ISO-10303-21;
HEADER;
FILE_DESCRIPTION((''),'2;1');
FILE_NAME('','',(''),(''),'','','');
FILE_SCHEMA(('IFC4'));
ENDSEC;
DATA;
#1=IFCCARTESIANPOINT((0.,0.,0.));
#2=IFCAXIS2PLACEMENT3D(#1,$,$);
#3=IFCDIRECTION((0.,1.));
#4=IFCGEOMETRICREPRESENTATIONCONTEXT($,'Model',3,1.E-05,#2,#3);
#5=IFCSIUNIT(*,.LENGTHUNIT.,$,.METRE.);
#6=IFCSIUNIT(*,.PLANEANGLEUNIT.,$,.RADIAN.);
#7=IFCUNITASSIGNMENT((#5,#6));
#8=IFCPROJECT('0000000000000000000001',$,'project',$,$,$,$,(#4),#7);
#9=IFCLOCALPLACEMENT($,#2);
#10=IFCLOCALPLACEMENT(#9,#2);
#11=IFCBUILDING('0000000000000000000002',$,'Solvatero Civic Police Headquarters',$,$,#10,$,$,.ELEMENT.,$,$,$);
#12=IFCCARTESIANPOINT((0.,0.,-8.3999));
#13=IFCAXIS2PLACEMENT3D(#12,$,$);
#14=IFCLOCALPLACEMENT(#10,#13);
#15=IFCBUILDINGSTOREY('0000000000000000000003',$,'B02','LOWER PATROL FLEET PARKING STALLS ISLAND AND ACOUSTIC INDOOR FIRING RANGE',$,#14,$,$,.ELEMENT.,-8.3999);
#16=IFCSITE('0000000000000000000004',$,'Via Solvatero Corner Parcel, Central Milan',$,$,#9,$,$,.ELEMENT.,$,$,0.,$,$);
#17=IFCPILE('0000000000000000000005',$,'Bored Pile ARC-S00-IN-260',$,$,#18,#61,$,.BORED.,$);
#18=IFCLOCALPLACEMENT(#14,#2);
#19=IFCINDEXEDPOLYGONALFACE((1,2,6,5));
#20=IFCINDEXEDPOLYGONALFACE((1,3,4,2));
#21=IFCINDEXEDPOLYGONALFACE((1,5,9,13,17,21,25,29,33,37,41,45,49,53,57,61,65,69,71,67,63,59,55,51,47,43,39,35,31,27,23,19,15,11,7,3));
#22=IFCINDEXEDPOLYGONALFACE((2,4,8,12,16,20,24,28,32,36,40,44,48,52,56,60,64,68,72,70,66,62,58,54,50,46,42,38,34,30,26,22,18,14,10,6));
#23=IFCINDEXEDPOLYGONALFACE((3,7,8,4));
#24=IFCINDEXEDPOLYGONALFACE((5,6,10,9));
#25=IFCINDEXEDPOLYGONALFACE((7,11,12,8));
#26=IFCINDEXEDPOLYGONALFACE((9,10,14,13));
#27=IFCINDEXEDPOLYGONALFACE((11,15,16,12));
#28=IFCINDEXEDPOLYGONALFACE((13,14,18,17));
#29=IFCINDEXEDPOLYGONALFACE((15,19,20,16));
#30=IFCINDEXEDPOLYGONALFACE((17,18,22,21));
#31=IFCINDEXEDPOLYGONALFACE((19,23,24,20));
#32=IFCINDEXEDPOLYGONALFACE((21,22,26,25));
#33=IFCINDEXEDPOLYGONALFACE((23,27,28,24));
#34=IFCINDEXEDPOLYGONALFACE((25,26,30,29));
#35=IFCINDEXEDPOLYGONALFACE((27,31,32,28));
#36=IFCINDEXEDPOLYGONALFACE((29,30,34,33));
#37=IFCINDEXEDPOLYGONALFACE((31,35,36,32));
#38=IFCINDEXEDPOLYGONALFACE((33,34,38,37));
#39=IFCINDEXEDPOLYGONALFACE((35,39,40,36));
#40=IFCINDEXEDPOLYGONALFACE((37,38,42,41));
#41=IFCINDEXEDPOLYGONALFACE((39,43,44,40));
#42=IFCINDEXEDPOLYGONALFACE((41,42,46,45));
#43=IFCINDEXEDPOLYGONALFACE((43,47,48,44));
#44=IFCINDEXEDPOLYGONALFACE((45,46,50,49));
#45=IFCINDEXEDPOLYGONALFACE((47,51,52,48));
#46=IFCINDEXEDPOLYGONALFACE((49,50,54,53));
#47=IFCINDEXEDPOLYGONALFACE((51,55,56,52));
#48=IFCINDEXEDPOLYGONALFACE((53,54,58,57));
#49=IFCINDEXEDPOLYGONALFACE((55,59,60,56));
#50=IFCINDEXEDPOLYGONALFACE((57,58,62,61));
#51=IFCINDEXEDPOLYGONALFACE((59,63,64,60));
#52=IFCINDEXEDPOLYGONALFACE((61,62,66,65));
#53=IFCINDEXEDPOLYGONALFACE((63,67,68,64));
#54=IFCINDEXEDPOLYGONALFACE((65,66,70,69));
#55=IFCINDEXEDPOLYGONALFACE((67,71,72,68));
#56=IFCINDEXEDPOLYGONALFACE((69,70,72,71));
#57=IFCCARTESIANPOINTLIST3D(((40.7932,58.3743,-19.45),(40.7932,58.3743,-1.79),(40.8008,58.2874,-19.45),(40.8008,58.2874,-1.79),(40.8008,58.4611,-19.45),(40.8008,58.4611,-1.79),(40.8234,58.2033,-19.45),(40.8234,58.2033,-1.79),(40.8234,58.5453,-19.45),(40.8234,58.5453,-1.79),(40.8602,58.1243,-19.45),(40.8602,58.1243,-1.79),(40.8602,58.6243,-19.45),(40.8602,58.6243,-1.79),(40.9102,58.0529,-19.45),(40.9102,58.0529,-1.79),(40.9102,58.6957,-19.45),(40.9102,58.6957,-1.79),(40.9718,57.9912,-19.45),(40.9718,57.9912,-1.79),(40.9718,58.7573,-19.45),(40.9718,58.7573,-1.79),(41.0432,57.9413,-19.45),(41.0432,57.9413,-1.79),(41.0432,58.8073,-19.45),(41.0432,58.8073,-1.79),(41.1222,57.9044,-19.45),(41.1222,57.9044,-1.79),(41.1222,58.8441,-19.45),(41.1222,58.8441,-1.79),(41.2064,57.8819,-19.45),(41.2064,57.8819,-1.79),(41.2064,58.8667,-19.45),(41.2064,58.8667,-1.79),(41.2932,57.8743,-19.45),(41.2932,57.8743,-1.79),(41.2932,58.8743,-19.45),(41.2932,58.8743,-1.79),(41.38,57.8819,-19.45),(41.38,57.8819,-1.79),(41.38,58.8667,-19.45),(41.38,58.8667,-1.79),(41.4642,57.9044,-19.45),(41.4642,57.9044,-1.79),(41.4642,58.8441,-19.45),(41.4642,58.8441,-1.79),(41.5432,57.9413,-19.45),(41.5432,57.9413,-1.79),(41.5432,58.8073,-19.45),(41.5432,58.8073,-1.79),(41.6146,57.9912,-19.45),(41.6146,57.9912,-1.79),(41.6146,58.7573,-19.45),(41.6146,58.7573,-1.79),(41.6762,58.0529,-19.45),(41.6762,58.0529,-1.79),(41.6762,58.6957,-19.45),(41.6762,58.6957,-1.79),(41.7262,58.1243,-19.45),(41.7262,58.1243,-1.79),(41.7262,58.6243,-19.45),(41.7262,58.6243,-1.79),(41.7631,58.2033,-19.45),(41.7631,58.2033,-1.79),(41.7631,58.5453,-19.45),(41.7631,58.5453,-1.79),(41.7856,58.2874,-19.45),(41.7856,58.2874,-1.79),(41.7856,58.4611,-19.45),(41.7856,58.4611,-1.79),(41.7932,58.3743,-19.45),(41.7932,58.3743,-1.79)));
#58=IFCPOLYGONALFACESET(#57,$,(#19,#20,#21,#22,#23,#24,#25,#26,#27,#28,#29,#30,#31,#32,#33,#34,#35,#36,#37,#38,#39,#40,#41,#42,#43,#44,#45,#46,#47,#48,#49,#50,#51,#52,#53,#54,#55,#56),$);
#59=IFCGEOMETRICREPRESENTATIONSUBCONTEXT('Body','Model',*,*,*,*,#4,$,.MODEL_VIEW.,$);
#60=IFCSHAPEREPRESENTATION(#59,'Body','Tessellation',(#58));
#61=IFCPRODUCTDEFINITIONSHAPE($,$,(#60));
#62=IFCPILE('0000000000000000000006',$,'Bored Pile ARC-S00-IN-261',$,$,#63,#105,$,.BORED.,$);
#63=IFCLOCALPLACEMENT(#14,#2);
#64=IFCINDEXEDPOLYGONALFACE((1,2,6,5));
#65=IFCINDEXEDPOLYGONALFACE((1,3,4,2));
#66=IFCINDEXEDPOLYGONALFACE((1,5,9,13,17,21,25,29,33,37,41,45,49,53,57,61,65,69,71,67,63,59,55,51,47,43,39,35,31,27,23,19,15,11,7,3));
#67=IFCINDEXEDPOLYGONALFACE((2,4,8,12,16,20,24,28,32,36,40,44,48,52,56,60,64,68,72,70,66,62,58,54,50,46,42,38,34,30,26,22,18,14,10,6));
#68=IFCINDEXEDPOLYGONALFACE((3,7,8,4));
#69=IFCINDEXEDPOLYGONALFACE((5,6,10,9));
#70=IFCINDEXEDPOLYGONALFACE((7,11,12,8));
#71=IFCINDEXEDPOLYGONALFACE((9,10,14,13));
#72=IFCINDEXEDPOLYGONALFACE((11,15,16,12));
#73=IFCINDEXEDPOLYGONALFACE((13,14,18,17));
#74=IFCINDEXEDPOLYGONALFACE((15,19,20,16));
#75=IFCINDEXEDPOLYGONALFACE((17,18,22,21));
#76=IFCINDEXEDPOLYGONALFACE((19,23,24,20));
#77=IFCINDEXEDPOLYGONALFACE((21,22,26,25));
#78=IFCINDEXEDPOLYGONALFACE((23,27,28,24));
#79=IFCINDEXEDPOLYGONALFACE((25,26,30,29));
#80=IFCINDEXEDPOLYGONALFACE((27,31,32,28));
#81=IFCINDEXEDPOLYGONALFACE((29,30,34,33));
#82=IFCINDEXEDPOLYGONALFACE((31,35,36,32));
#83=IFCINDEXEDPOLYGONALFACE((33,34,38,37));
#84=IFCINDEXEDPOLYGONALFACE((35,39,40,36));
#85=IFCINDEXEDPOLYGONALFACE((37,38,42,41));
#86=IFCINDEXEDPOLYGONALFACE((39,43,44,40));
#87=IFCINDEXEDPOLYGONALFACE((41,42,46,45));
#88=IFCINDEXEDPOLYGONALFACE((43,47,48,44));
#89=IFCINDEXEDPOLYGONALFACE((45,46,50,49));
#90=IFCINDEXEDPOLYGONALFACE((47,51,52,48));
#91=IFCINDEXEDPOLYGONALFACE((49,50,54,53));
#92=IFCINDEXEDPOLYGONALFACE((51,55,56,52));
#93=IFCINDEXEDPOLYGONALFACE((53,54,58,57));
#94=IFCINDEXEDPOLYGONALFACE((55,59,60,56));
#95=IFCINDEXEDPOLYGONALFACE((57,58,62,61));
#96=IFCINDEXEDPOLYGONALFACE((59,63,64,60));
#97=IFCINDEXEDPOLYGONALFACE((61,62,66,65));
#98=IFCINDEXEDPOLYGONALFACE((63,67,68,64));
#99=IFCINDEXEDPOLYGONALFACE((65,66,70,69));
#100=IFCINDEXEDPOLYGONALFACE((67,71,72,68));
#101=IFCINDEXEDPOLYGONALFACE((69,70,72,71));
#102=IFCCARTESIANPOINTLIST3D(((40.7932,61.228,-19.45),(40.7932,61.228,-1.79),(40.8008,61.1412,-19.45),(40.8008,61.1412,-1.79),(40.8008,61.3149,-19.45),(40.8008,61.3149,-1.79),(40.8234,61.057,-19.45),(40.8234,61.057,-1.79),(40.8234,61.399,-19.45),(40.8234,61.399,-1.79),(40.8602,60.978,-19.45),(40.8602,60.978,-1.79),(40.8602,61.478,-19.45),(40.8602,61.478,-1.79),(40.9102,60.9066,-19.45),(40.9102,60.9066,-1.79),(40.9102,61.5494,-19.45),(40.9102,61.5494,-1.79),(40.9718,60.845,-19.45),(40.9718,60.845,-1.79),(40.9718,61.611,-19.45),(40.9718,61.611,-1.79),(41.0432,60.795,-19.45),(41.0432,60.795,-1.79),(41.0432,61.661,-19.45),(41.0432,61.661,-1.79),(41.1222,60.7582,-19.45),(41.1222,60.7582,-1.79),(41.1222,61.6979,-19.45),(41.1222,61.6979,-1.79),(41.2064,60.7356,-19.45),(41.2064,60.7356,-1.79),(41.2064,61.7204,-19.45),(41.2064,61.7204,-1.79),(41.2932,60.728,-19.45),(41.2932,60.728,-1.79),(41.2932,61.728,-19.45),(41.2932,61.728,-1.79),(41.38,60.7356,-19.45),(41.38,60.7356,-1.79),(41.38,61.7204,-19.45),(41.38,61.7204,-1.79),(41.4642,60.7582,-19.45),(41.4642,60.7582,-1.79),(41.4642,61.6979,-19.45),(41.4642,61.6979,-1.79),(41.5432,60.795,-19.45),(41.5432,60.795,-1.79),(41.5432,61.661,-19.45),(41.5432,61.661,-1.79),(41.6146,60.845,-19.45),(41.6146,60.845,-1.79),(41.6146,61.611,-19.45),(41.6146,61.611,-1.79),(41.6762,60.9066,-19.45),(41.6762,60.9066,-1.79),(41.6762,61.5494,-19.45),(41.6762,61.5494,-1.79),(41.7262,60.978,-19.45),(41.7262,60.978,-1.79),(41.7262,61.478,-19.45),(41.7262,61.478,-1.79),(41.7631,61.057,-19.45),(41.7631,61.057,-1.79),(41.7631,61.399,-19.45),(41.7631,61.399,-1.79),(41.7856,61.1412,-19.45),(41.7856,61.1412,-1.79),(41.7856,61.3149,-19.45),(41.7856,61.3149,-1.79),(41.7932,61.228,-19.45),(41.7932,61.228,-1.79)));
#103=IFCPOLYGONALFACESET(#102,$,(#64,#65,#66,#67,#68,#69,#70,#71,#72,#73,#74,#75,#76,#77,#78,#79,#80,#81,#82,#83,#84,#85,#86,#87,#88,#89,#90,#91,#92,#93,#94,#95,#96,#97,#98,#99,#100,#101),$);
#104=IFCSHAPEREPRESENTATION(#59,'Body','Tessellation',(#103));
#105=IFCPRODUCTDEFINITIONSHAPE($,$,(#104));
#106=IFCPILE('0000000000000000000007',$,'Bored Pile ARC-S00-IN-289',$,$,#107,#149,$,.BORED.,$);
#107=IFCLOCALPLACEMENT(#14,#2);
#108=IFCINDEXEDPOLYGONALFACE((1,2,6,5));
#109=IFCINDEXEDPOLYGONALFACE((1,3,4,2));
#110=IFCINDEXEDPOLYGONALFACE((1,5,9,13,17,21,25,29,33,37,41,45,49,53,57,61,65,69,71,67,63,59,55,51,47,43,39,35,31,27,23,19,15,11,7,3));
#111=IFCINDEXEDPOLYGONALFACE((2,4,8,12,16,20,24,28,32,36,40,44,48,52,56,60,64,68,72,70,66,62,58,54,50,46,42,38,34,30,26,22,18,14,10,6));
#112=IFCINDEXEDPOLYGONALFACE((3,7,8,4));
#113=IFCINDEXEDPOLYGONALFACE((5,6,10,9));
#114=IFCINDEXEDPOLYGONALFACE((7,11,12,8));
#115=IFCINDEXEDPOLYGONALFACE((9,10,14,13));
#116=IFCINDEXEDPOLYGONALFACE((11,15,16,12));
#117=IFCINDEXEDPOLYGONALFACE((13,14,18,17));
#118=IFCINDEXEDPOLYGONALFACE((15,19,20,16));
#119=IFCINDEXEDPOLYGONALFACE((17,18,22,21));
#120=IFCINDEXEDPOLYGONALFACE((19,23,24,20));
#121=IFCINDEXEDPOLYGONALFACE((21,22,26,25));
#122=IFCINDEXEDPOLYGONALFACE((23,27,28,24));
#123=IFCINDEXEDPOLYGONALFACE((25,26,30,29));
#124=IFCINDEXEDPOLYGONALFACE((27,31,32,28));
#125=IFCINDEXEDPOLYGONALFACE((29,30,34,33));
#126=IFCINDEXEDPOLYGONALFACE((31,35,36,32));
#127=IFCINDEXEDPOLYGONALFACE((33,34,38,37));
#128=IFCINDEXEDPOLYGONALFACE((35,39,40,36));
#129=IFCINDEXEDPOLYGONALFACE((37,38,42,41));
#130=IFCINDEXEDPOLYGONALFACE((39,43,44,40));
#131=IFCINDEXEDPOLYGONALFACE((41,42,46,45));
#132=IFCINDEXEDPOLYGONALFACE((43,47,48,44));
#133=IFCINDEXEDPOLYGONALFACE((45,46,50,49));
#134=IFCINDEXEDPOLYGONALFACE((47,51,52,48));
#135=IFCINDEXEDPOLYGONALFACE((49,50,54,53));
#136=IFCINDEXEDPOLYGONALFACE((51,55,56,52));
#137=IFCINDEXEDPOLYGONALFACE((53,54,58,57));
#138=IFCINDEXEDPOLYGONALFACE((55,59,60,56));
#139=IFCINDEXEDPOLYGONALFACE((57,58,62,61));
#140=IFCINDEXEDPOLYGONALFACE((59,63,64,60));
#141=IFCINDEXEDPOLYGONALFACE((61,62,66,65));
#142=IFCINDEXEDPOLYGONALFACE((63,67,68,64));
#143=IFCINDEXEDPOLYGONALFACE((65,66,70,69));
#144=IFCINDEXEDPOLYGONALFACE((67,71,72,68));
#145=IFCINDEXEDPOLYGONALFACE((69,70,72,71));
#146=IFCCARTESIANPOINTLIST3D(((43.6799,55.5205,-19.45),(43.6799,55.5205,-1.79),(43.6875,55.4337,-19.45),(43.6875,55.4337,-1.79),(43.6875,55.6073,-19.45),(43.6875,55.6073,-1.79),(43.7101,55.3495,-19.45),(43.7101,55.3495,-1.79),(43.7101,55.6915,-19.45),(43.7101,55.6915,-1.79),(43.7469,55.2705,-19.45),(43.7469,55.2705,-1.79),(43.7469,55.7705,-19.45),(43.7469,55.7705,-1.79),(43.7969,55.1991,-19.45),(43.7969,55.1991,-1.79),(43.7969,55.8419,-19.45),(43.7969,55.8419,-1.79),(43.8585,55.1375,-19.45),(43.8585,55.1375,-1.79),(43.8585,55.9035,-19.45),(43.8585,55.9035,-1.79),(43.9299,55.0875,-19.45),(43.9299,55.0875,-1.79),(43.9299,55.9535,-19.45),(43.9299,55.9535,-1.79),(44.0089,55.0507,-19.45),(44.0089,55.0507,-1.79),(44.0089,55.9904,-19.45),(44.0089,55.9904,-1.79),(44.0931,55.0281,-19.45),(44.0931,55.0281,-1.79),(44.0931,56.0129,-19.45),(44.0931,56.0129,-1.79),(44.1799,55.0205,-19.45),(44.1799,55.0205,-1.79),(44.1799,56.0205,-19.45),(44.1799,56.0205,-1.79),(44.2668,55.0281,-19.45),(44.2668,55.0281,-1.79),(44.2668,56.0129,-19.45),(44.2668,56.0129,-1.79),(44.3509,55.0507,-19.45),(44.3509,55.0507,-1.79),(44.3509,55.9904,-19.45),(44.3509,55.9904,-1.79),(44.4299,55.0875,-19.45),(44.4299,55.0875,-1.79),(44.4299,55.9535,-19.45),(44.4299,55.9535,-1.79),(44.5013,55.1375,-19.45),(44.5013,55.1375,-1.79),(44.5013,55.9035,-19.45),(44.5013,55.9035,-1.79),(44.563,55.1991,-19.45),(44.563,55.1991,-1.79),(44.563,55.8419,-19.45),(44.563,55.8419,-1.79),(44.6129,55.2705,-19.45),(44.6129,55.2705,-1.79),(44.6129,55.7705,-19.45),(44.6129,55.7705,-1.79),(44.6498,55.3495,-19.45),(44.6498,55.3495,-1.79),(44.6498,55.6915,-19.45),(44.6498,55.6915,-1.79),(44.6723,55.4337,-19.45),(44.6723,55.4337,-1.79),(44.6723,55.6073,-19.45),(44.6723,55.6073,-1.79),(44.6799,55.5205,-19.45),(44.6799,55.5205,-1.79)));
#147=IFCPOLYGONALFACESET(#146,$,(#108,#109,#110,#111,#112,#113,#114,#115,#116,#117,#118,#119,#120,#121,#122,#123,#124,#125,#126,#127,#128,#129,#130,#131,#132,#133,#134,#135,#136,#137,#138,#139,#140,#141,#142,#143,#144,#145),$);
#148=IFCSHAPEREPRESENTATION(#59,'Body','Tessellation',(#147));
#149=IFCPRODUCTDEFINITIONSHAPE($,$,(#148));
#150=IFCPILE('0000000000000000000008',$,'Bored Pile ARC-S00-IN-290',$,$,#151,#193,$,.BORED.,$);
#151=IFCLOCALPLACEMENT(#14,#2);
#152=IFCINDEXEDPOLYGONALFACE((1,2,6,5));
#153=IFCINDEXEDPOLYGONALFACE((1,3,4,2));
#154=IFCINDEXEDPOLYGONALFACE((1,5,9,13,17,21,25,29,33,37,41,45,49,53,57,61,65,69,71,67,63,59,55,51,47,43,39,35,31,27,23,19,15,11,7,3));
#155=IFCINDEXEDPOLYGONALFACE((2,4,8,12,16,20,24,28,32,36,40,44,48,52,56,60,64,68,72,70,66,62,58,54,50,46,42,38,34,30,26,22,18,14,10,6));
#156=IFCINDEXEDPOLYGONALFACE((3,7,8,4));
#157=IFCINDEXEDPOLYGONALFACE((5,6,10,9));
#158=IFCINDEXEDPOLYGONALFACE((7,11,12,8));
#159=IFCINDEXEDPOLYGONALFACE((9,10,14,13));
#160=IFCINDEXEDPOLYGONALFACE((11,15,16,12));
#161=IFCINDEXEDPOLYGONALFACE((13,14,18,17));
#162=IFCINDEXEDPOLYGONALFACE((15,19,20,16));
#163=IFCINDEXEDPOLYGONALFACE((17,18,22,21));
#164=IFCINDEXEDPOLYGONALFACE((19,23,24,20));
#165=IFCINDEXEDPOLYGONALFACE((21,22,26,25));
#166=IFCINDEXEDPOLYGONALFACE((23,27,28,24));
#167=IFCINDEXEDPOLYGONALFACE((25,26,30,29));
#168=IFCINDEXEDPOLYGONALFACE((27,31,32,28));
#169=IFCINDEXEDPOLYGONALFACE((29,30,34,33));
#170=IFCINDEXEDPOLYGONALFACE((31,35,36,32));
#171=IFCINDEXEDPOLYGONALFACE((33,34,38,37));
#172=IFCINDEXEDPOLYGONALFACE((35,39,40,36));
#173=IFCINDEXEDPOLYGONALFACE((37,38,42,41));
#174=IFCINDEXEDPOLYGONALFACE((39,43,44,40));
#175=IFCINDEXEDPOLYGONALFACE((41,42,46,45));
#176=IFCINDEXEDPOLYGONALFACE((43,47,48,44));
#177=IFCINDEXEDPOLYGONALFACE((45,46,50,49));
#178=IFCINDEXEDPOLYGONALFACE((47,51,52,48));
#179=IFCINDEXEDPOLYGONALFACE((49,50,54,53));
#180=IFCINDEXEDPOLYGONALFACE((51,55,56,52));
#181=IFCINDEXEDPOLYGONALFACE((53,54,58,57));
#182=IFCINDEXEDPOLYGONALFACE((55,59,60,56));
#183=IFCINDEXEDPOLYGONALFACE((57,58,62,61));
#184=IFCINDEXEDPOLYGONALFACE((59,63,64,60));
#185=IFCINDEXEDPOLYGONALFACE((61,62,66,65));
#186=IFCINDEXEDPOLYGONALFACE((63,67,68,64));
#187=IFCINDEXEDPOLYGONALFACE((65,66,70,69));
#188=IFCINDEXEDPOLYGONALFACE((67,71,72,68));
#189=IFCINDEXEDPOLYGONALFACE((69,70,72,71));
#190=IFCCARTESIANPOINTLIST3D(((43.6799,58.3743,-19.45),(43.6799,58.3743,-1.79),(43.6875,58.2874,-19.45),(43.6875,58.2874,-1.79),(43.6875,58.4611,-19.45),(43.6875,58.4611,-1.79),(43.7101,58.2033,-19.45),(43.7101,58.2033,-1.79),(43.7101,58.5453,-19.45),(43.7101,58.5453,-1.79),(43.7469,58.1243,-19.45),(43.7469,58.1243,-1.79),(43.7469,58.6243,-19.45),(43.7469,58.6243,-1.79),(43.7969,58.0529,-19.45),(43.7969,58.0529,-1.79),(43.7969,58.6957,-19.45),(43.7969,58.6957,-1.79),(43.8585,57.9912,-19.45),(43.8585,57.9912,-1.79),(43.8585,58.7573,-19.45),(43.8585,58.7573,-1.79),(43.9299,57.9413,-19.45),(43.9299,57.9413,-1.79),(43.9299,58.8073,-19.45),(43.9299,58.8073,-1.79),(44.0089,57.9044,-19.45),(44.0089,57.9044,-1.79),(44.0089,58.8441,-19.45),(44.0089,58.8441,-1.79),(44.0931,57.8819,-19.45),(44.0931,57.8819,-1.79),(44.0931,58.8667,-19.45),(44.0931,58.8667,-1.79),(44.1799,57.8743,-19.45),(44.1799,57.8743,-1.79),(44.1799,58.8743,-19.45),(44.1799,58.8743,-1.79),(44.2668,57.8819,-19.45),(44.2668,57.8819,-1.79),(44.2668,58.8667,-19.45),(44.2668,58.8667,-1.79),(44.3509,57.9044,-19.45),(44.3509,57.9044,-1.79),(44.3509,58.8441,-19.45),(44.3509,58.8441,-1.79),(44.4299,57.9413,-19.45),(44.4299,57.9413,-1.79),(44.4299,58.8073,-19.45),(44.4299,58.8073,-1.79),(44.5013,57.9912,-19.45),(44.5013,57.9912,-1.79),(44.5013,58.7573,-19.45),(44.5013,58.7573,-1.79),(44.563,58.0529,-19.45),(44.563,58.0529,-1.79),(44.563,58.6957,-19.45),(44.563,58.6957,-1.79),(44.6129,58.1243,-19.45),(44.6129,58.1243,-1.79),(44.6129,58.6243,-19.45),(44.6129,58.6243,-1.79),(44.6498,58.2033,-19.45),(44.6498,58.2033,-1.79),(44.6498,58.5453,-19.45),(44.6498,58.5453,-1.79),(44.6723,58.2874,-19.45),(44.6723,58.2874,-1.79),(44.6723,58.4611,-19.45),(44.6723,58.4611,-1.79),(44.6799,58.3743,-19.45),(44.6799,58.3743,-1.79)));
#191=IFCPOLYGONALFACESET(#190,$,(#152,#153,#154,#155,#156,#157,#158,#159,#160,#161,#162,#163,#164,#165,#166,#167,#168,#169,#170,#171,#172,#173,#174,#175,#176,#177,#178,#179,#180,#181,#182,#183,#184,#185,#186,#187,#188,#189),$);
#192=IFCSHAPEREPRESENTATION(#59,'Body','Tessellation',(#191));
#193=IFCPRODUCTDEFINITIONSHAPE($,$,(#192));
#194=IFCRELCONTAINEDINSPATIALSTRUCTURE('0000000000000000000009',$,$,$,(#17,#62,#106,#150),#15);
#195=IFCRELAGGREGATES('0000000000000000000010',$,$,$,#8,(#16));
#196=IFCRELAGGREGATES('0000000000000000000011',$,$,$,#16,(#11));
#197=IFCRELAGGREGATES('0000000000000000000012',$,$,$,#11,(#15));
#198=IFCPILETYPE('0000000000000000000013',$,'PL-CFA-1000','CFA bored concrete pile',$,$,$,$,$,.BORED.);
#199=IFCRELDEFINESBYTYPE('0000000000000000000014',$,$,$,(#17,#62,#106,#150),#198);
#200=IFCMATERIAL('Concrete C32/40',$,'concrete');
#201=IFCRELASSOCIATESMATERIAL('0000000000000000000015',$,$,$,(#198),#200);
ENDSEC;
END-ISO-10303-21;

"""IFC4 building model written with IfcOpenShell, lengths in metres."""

from ifc_helpers import new_model, si_unit, direction, frame, origin, origin_2d, place, context, subcontext, project, spatial, circle, extrude, material, material_profile, profile_set, type_object, element, save


model = new_model("IFC4")

# Units and contexts
model_context = context("Model", 3, precision=1e-05, world=origin(), true_north=direction((0.0, 1.0)))
body_context = subcontext(model_context, "Body", "Model", "MODEL_VIEW")
ifc_project = project(units=[si_unit("LENGTHUNIT", "METRE"), si_unit("PLANEANGLEUNIT", "RADIAN")], contexts=[model_context])

# Site, building, storey
site_placement = place(None, origin())
site = spatial("IfcSite", under=ifc_project, at=site_placement, Name="Via Solvatero Corner Parcel, Central Milan", CompositionType="ELEMENT", RefElevation=0.0)
building_placement = place(site_placement, origin())
building = spatial("IfcBuilding", under=site, at=building_placement, Name="Solvatero Civic Police Headquarters", CompositionType="ELEMENT")
storey_placement = place(building_placement, frame((0.0, 0.0, -8.3999)))
storey = spatial("IfcBuildingStorey", under=building, at=storey_placement, Name="B02", Description="LOWER PATROL FLEET PARKING STALLS ISLAND AND ACOUSTIC INDOOR FIRING RANGE", CompositionType="ELEMENT", Elevation=-8.3999)

# Piles
ifc_material_1 = material(Name="Concrete C32/40", Category="concrete")
ifc_material_profile_1 = material_profile(ifc_material_1, circle(Radius=0.5, at=origin_2d()), Name="CFA PILE D1000")
ifc_profile_set_1 = profile_set([ifc_material_profile_1], Name="Concrete C32/40")
pile_type = type_object("IfcPileType", Name="PL-CFA-1000", Description="CFA bored concrete pile", PredefinedType="BORED", material=ifc_profile_set_1)
for number, where, z_axis, x_axis, name in (
    (1, (41.2932, 58.3743, -1.79), (0.0, 0.0, -1.0), (1.0, 0.0, 0.0), "Bored Pile ARC-S00-IN-260"),
    (2, (41.2932, 61.228, -1.79), (0.0, 0.0, -1.0), (1.0, 0.0, 0.0), "Bored Pile ARC-S00-IN-261"),
    (3, (44.1799, 55.5205, -1.79), (0.0, 0.0, -1.0), (1.0, 0.0, 0.0), "Bored Pile ARC-S00-IN-289"),
    (4, (44.1799, 58.3743, -1.79), (0.0, 0.0, -1.0), (1.0, 0.0, 0.0), "Bored Pile ARC-S00-IN-290"),
):
    element("IfcPile", number, at=place(storey_placement, frame(where, z_axis=z_axis, x_axis=x_axis)), inside=storey, type_object=pile_type, Name=name, PredefinedType="BORED", context=body_context, shape_type="SweptSolid", body=[
        extrude(circle(Radius=0.5, at=origin_2d()), origin(), (0.0, 0.0, 1.0), 17.6599),
    ])

save(model, "model.ifc")
